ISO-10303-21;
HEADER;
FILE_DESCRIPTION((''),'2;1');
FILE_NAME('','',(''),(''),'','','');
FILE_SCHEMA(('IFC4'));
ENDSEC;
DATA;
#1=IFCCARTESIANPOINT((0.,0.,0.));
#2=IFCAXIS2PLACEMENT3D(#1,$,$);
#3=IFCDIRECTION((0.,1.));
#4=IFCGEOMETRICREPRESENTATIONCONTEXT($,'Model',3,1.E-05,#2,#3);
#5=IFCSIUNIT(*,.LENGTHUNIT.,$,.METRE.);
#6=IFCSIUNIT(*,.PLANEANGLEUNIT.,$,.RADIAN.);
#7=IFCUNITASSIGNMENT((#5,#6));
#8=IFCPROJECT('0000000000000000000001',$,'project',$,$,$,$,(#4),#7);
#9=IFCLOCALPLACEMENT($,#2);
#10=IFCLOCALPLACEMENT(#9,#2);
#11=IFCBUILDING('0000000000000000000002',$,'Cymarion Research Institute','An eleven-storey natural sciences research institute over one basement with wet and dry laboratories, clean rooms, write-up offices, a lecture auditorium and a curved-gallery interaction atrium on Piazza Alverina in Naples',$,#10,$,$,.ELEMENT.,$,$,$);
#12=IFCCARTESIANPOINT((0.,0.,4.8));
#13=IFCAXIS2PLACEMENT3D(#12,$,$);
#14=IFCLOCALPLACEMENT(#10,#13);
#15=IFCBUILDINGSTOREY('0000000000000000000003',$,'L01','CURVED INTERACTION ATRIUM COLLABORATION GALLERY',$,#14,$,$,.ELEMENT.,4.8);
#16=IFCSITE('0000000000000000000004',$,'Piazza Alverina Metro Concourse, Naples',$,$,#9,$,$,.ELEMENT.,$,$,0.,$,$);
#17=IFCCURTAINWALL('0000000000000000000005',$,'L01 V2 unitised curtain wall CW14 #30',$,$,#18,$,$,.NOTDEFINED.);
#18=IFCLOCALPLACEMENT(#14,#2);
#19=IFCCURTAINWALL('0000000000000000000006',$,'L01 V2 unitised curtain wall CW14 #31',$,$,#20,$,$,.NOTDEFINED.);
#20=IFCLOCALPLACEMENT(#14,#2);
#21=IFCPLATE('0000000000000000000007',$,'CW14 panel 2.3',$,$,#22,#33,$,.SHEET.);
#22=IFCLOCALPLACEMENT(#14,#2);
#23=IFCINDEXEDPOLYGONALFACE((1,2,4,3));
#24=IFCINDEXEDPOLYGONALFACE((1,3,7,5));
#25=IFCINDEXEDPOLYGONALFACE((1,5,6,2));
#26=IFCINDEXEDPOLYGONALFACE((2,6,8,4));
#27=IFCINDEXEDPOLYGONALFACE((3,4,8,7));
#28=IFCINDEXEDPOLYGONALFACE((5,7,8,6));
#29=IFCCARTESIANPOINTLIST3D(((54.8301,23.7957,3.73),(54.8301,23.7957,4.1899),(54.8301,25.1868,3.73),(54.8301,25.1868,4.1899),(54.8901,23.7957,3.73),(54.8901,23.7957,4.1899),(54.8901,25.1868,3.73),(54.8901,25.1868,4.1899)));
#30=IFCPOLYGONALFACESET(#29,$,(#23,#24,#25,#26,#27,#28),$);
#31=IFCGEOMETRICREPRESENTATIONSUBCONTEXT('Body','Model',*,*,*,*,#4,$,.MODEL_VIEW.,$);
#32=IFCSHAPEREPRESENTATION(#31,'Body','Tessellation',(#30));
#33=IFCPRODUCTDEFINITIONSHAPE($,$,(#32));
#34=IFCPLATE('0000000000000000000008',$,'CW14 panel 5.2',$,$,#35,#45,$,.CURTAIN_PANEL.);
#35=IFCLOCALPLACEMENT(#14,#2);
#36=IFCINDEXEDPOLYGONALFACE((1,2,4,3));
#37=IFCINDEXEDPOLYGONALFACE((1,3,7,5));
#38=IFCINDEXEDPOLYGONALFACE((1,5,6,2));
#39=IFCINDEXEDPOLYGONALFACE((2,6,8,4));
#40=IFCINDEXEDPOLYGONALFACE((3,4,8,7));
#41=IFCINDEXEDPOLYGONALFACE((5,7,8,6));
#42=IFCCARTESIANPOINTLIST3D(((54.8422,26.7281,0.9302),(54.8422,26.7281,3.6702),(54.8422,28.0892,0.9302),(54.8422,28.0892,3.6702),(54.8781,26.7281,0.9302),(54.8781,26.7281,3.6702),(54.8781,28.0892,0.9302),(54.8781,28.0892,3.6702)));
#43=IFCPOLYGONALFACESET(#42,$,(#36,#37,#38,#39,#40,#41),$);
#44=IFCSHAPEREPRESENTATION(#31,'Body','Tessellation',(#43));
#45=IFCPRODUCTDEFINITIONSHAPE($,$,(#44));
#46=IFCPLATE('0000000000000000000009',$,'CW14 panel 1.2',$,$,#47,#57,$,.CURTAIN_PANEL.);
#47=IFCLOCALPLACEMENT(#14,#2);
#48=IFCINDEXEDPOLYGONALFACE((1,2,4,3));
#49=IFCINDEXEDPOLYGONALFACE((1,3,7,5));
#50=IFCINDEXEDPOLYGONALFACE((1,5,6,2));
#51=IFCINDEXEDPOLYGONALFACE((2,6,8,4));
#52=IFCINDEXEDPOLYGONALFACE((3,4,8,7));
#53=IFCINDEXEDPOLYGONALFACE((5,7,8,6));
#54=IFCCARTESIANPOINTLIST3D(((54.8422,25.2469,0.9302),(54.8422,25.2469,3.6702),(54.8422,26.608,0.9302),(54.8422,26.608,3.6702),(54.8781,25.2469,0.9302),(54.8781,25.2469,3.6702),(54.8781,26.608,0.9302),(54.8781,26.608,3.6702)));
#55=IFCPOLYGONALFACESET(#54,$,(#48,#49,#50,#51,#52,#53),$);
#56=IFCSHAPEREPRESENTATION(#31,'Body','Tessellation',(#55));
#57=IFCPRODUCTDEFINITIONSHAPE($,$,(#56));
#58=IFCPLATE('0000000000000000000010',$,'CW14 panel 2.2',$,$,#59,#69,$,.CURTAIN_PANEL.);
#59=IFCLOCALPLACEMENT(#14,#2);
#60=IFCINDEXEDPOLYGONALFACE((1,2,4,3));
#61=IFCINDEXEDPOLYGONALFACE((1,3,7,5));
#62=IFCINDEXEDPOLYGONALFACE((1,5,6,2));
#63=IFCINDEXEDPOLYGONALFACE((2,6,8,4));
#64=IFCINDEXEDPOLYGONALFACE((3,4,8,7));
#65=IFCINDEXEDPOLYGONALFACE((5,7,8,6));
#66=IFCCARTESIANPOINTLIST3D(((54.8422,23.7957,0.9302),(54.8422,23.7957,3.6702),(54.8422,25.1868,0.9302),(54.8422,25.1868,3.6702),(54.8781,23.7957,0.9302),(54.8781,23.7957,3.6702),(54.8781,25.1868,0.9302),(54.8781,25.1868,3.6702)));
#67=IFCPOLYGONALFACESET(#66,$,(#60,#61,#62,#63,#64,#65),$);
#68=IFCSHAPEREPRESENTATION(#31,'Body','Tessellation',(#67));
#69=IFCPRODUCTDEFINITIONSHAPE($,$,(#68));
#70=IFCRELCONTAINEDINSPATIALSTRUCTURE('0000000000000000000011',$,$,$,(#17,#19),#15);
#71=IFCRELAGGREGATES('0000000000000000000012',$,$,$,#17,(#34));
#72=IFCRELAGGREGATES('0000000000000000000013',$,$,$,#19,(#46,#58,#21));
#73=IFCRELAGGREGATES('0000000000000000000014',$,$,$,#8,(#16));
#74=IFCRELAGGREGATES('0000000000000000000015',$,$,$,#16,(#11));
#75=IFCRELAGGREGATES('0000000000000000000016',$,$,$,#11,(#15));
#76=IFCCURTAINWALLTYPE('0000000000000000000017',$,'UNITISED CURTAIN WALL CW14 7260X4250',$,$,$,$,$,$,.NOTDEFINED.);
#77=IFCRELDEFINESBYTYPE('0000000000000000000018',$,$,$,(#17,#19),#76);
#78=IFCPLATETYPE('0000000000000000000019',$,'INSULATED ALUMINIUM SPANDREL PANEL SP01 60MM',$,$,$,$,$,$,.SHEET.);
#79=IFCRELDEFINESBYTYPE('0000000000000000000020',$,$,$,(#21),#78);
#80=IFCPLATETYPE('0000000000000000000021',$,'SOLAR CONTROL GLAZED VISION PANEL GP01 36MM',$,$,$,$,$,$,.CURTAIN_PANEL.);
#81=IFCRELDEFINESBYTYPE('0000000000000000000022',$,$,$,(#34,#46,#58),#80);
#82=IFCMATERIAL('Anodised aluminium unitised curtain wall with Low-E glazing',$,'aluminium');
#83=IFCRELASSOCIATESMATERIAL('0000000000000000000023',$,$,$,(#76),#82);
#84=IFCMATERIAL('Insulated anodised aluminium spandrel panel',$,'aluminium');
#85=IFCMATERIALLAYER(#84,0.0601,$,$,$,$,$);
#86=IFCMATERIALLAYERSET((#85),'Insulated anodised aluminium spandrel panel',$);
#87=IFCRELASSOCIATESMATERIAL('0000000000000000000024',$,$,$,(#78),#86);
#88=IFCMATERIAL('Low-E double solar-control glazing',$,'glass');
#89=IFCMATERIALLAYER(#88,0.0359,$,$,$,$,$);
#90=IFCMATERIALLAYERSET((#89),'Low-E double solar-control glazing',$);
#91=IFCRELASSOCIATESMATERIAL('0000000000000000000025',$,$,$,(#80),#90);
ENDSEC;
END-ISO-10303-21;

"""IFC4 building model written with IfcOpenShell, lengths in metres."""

from ifc_helpers import new_model, si_unit, direction, frame, origin, origin_2d, place, context, subcontext, project, spatial, rectangle, extrude, material, layer, layer_set, type_object, element, aggregate, save


model = new_model("IFC4")

# Units and contexts
model_context = context("Model", 3, precision=1e-05, world=origin(), true_north=direction((0.0, 1.0)))
body_context = subcontext(model_context, "Body", "Model", "MODEL_VIEW")
ifc_project = project(units=[si_unit("LENGTHUNIT", "METRE"), si_unit("PLANEANGLEUNIT", "RADIAN")], contexts=[model_context])

# Site, building, storey
site_placement = place(None, origin())
site = spatial("IfcSite", under=ifc_project, at=site_placement, Name="Piazza Alverina Metro Concourse, Naples", CompositionType="ELEMENT", RefElevation=0.0)
building_placement = place(site_placement, origin())
building = spatial("IfcBuilding", under=site, at=building_placement, Name="Cymarion Research Institute", Description="An eleven-storey natural sciences research institute over one basement with wet and dry laboratories, clean rooms, write-up offices, a lecture auditorium and a curved-gallery interaction atrium on Piazza Alverina in Naples", CompositionType="ELEMENT")
storey_placement = place(building_placement, frame((0.0, 0.0, 4.8)))
storey = spatial("IfcBuildingStorey", under=building, at=storey_placement, Name="L01", Description="CURVED INTERACTION ATRIUM COLLABORATION GALLERY", CompositionType="ELEMENT", Elevation=4.8)

# Curtain wall
ifc_material_1 = material(Name="Anodised aluminium unitised curtain wall with Low-E glazing", Category="aluminium")
curtain_wall_type = type_object("IfcCurtainWallType", Name="UNITISED CURTAIN WALL CW14 7260X4250", PredefinedType="NOTDEFINED", material=ifc_material_1)
curtain_wall_1_placement = place(storey_placement, origin())
curtain_wall_1 = element("IfcCurtainWall", 1, at=curtain_wall_1_placement, inside=storey, type_object=curtain_wall_type, Name="L01 V2 unitised curtain wall CW14 #30", PredefinedType="NOTDEFINED")

# Curtain wall
curtain_wall_2_placement = place(storey_placement, origin())
curtain_wall_2 = element("IfcCurtainWall", 2, at=curtain_wall_2_placement, inside=storey, type_object=curtain_wall_type, Name="L01 V2 unitised curtain wall CW14 #31", PredefinedType="NOTDEFINED")

# Plates
ifc_material_2 = material(Name="Insulated anodised aluminium spandrel panel", Category="aluminium")
ifc_layer_1 = layer(ifc_material_2, 0.0601)
ifc_layer_set_1 = layer_set([ifc_layer_1], Name="Insulated anodised aluminium spandrel panel")
plate_type_1 = type_object("IfcPlateType", Name="INSULATED ALUMINIUM SPANDREL PANEL SP01 60MM", PredefinedType="SHEET", material=ifc_layer_set_1)
plate_1_placement = place(storey_placement, frame((54.8601, 24.4912, 3.73), z_axis=(0.0, 0.0, 1.0), x_axis=(0.0, -1.0, 0.0)))
plate_1 = element("IfcPlate", 3, at=plate_1_placement, type_object=plate_type_1, Name="CW14 panel 2.3", PredefinedType="SHEET", context=body_context, shape_type="SweptSolid", body=[
    extrude(rectangle(XDim=1.3911, YDim=0.0601, at=origin_2d()), origin(), (0.0, 0.0, 1.0), 0.46),
])
ifc_material_3 = material(Name="Low-E double solar-control glazing", Category="glass")
ifc_layer_2 = layer(ifc_material_3, 0.0359)
ifc_layer_set_2 = layer_set([ifc_layer_2], Name="Low-E double solar-control glazing")
plate_type_2 = type_object("IfcPlateType", Name="SOLAR CONTROL GLAZED VISION PANEL GP01 36MM", PredefinedType="CURTAIN_PANEL", material=ifc_layer_set_2)
plate_2_placement = place(storey_placement, frame((54.8601, 27.4087, 0.9302), z_axis=(0.0, 0.0, 1.0), x_axis=(0.0, -1.0, 0.0)))
plate_2 = element("IfcPlate", 4, at=plate_2_placement, type_object=plate_type_2, Name="CW14 panel 5.2", PredefinedType="CURTAIN_PANEL", context=body_context, shape_type="SweptSolid", body=[
    extrude(rectangle(XDim=1.3611, YDim=0.0359, at=origin_2d()), origin(), (0.0, 0.0, 1.0), 2.74),
])
aggregate(curtain_wall_1, [plate_2])
plate_3_placement = place(storey_placement, frame((54.8601, 25.9275, 0.9302), z_axis=(0.0, 0.0, 1.0), x_axis=(0.0, -1.0, 0.0)))
plate_3 = element("IfcPlate", 5, at=plate_3_placement, type_object=plate_type_2, Name="CW14 panel 1.2", PredefinedType="CURTAIN_PANEL", context=body_context, shape_type="SweptSolid", body=[
    extrude(rectangle(XDim=1.3611, YDim=0.0359, at=origin_2d()), origin(), (0.0, 0.0, 1.0), 2.74),
])
plate_4_placement = place(storey_placement, frame((54.8601, 24.4912, 0.9302), z_axis=(0.0, 0.0, 1.0), x_axis=(0.0, -1.0, 0.0)))
plate_4 = element("IfcPlate", 6, at=plate_4_placement, type_object=plate_type_2, Name="CW14 panel 2.2", PredefinedType="CURTAIN_PANEL", context=body_context, shape_type="SweptSolid", body=[
    extrude(rectangle(XDim=1.3911, YDim=0.0359, at=origin_2d()), origin(), (0.0, 0.0, 1.0), 2.74),
])
aggregate(curtain_wall_2, [plate_3, plate_4, plate_1])

save(model, "model.ifc")
